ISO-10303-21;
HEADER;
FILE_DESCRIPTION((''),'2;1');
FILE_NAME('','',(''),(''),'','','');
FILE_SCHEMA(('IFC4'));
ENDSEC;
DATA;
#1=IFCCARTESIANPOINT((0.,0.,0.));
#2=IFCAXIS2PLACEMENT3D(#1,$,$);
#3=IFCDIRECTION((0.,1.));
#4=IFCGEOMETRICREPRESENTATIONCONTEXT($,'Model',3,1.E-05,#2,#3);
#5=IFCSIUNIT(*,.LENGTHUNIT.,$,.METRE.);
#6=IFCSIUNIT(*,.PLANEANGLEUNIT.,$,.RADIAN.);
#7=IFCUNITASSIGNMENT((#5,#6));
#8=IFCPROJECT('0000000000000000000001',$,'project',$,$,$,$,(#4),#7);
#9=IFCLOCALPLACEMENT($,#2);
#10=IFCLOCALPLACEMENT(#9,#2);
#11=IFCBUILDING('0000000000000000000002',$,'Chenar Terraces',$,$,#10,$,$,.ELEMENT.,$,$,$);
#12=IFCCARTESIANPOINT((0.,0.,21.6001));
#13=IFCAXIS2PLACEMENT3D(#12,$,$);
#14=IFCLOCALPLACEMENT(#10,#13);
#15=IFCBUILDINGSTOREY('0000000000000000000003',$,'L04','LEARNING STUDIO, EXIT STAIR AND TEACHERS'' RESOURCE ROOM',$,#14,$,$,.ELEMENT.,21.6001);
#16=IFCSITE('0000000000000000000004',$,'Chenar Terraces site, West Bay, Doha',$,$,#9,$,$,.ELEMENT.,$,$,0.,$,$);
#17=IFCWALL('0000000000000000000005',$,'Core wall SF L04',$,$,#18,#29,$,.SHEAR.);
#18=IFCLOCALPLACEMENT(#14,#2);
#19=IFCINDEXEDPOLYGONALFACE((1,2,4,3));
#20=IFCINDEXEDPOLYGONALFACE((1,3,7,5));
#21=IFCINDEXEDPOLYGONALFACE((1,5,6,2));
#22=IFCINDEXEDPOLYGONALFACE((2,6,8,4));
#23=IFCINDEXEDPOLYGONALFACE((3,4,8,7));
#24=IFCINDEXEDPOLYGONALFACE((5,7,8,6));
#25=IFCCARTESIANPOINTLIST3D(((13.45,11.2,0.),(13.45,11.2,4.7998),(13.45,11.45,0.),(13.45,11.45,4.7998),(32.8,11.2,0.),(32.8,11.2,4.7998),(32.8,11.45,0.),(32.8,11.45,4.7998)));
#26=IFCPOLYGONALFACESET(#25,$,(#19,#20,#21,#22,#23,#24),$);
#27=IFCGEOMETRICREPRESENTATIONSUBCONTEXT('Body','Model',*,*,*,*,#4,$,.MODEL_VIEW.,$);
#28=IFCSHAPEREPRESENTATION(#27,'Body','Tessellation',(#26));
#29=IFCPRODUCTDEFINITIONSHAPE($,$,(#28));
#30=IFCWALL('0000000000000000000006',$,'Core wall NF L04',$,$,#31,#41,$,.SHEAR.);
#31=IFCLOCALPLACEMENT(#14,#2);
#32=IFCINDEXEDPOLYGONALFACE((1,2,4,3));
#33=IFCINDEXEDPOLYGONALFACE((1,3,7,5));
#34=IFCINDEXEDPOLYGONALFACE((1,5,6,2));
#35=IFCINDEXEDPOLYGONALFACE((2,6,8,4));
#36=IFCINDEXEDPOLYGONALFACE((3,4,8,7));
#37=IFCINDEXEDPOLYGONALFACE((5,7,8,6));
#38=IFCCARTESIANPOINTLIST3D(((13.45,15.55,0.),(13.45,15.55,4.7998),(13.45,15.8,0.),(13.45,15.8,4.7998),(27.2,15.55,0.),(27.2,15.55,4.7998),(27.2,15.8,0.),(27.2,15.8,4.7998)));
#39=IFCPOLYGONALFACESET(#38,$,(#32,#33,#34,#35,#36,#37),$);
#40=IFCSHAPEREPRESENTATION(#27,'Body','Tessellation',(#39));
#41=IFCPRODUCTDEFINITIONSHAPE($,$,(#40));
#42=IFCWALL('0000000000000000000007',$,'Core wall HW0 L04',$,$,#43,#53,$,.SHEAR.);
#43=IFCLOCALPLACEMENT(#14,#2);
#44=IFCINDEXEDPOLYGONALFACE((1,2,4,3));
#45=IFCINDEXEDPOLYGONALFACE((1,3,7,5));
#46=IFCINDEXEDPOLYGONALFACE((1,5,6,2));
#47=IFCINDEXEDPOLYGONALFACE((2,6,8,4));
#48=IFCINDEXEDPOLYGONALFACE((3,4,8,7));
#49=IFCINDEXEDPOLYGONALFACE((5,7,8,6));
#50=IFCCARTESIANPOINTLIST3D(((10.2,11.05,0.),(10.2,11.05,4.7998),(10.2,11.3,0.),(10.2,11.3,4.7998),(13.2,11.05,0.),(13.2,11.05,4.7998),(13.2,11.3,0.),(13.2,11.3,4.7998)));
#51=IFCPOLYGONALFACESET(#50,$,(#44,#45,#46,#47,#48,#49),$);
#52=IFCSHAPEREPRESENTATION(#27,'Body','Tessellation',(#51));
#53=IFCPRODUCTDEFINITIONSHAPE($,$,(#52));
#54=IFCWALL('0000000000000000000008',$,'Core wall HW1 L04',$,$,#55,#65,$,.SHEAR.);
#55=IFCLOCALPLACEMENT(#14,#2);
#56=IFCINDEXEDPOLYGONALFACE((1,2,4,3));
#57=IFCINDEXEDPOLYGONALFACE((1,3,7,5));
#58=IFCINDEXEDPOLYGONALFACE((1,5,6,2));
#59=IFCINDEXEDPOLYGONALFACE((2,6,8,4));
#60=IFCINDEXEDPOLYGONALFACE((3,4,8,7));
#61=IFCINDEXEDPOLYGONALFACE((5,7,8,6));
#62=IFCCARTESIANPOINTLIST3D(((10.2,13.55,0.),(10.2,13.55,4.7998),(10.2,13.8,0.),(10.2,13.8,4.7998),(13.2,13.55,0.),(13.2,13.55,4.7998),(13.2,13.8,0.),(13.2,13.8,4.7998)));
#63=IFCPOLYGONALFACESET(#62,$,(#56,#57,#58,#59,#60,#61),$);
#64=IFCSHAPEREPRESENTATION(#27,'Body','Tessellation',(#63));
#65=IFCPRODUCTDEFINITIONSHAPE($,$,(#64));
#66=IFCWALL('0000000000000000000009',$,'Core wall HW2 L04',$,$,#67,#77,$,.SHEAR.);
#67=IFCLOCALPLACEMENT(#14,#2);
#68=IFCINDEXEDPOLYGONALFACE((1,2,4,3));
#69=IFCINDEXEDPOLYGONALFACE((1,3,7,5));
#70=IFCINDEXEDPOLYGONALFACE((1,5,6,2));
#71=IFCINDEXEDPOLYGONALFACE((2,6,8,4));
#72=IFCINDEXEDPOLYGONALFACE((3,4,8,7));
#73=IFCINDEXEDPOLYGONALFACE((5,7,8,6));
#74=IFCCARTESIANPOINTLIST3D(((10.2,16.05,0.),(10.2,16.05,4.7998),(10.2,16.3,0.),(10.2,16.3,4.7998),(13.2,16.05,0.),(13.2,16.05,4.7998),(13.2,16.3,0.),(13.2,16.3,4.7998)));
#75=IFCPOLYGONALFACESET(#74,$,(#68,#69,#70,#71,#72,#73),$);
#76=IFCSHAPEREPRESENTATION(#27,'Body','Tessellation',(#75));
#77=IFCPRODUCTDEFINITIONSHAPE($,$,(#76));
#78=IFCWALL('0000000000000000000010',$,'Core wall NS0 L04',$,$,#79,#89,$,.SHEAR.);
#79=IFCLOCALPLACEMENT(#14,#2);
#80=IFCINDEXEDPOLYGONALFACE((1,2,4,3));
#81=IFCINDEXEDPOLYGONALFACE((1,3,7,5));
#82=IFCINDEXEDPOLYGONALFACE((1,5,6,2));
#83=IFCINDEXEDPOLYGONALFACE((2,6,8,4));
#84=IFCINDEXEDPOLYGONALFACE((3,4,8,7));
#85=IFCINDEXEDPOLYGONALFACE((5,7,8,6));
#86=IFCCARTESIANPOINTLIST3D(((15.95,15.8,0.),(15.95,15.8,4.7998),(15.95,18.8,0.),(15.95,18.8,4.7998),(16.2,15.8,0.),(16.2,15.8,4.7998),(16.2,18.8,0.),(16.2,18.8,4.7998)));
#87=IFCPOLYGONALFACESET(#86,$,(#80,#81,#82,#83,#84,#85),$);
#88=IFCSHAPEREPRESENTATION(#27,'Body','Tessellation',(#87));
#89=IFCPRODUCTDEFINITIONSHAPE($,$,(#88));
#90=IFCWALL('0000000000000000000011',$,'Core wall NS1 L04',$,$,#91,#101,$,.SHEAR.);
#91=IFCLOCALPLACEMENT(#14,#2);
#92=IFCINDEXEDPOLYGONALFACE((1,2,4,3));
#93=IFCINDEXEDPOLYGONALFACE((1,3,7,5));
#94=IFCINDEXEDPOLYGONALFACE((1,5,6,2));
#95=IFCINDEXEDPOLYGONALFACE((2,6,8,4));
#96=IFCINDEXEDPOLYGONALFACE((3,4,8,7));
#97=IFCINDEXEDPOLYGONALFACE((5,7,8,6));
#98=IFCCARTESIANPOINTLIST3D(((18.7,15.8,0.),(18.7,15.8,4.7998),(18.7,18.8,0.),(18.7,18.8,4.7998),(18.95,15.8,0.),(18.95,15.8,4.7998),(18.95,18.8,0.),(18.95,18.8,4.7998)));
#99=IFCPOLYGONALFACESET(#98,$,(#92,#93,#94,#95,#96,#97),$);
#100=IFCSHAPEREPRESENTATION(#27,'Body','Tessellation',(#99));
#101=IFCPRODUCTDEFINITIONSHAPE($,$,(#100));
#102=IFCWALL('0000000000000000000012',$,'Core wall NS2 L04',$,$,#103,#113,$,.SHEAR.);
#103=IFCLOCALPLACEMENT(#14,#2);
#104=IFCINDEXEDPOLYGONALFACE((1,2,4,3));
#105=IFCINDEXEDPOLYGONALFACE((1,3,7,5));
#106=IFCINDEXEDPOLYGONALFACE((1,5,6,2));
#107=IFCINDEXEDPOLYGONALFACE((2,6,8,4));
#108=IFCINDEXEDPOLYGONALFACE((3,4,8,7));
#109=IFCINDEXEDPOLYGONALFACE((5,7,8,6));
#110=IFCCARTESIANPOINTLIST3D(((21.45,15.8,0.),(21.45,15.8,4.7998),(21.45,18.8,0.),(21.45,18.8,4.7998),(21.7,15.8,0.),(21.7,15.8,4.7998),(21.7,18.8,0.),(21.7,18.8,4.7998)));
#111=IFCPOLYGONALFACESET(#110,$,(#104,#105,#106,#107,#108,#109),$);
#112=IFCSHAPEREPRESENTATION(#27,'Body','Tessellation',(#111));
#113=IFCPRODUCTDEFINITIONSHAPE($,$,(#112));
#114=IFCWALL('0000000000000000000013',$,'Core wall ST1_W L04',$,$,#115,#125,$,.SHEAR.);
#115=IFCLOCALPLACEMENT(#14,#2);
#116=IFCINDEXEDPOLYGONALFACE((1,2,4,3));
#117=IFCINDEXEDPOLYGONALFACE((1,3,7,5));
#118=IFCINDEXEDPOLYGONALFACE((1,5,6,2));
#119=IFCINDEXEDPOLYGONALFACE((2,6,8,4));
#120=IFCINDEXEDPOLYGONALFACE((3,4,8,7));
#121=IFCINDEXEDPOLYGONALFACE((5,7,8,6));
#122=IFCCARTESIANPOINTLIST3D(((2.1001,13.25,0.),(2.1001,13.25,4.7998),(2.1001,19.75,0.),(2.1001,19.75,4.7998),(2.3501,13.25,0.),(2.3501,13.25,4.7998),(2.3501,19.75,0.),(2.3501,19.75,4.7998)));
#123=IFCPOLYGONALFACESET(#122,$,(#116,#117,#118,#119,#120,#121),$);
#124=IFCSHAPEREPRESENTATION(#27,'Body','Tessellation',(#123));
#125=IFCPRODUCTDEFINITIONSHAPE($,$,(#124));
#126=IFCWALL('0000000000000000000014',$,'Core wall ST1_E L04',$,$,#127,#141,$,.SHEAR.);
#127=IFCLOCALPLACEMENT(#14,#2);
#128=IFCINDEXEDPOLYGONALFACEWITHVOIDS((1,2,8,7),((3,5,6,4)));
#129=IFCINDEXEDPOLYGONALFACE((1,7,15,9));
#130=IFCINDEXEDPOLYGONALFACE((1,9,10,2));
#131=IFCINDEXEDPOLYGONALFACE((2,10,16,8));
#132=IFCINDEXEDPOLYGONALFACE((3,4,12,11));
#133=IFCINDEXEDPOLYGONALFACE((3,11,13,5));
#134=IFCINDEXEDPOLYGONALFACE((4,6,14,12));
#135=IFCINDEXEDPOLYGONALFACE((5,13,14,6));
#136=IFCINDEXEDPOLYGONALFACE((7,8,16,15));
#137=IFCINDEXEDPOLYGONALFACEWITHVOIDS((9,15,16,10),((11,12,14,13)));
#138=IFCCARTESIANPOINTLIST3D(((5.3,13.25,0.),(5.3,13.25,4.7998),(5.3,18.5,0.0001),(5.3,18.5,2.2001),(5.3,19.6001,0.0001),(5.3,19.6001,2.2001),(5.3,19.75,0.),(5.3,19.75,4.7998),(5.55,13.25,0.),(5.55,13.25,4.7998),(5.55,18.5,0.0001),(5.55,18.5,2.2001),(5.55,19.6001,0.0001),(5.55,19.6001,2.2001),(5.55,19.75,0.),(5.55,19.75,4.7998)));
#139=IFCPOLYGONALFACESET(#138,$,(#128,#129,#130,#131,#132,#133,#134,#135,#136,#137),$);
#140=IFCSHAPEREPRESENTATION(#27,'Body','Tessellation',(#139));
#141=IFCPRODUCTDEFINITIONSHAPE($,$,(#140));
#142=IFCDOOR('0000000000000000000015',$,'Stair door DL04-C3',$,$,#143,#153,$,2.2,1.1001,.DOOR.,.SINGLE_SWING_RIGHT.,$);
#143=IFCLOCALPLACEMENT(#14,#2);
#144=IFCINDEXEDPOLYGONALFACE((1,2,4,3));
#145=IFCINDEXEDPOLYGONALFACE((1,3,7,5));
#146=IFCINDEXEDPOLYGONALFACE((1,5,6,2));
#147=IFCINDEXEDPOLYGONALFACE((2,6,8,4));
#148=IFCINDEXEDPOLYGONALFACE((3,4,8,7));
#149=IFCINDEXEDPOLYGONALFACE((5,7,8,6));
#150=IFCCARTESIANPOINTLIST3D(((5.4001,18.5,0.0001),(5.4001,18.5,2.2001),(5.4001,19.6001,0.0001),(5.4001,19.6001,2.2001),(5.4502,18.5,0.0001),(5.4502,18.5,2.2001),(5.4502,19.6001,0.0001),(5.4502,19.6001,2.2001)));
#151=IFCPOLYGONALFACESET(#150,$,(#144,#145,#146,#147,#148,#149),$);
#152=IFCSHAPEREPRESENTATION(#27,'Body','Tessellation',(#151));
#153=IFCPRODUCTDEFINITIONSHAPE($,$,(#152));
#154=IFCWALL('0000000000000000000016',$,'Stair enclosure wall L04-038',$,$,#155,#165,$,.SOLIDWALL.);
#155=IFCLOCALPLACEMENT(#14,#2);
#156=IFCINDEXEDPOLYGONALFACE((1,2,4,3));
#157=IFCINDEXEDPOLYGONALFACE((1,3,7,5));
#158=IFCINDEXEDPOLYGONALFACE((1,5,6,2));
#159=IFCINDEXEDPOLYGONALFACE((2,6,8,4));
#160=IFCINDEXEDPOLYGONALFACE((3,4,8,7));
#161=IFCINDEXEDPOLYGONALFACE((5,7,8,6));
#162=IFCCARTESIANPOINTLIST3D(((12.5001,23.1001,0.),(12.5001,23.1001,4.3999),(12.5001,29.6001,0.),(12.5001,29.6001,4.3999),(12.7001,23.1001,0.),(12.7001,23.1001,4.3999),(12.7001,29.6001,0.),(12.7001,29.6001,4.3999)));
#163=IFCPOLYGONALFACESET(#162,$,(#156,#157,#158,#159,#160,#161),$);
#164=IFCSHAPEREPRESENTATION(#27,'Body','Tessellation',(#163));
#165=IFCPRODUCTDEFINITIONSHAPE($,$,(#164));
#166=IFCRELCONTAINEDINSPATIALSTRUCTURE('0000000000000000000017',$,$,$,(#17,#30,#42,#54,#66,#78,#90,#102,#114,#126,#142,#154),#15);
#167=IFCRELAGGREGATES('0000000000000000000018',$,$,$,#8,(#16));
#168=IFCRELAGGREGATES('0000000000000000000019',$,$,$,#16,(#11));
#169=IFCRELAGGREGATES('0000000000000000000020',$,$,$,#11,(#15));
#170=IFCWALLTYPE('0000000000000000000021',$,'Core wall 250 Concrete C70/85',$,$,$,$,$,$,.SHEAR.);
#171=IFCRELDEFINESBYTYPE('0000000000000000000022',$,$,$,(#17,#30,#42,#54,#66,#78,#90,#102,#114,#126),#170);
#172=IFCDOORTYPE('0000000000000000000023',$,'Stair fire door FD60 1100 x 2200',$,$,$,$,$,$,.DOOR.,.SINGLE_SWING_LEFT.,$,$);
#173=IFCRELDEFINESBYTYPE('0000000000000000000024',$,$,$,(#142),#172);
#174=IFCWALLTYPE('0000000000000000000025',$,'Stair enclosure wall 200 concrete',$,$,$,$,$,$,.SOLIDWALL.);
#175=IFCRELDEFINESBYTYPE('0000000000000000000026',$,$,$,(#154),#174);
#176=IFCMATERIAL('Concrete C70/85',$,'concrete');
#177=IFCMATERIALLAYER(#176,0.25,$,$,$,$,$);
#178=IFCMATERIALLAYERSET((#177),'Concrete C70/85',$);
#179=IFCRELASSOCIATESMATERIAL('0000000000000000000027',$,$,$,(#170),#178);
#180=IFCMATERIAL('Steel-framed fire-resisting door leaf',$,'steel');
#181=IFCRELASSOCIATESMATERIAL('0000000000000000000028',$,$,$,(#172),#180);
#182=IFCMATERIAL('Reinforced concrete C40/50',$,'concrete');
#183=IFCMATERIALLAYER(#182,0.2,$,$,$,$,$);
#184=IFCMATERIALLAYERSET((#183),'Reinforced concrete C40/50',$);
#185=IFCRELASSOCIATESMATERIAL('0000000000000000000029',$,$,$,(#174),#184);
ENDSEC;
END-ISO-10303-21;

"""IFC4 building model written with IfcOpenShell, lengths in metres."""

from ifc_helpers import new_model, si_unit, direction, frame, frame_2d, origin, place, context, subcontext, project, spatial, rectangle, extrude, material, layer, layer_set, type_object, element, fill, save


model = new_model("IFC4")

# Units and contexts
model_context = context("Model", 3, precision=1e-05, world=origin(), true_north=direction((0.0, 1.0)))
body_context = subcontext(model_context, "Body", "Model", "MODEL_VIEW")
ifc_project = project(units=[si_unit("LENGTHUNIT", "METRE"), si_unit("PLANEANGLEUNIT", "RADIAN")], contexts=[model_context])

# Site, building, storey
site_placement = place(None, origin())
site = spatial("IfcSite", under=ifc_project, at=site_placement, Name="Chenar Terraces site, West Bay, Doha", CompositionType="ELEMENT", RefElevation=0.0)
building_placement = place(site_placement, origin())
building = spatial("IfcBuilding", under=site, at=building_placement, Name="Chenar Terraces", CompositionType="ELEMENT")
storey_placement = place(building_placement, frame((0.0, 0.0, 21.6001)))
storey = spatial("IfcBuildingStorey", under=building, at=storey_placement, Name="L04", Description="LEARNING STUDIO, EXIT STAIR AND TEACHERS' RESOURCE ROOM", CompositionType="ELEMENT", Elevation=21.6001)

# Walls
ifc_material_1 = material(Name="Concrete C70/85", Category="concrete")
ifc_layer_1 = layer(ifc_material_1, 0.25)
ifc_layer_set_1 = layer_set([ifc_layer_1], Name="Concrete C70/85")
wall_type_1 = type_object("IfcWallType", Name="Core wall 250 Concrete C70/85", PredefinedType="SHEAR", material=ifc_layer_set_1)
wall_1_placement = place(storey_placement, frame((13.45, 11.325, 0.0), z_axis=(0.0, 0.0, 1.0), x_axis=(1.0, 0.0, 0.0)))
element("IfcWall", 1, at=wall_1_placement, inside=storey, type_object=wall_type_1, Name="Core wall SF L04", PredefinedType="SHEAR", context=body_context, shape_type="SweptSolid", body=[
    extrude(rectangle(XDim=19.3501, YDim=0.25, at=frame_2d((9.675, 0.0))), origin(), (0.0, 0.0, 1.0), 4.7998),
])
wall_2_placement = place(storey_placement, frame((13.45, 15.675, 0.0), z_axis=(0.0, 0.0, 1.0), x_axis=(1.0, 0.0, 0.0)))
element("IfcWall", 2, at=wall_2_placement, inside=storey, type_object=wall_type_1, Name="Core wall NF L04", PredefinedType="SHEAR", context=body_context, shape_type="SweptSolid", body=[
    extrude(rectangle(XDim=13.75, YDim=0.25, at=frame_2d((6.875, 0.0))), origin(), (0.0, 0.0, 1.0), 4.7998),
])
for number, where, z_axis, x_axis, name in (
    (3, (10.2, 11.175, 0.0), (0.0, 0.0, 1.0), (1.0, 0.0, 0.0), "Core wall HW0 L04"),
    (4, (10.2, 13.675, 0.0), (0.0, 0.0, 1.0), (1.0, 0.0, 0.0), "Core wall HW1 L04"),
    (5, (10.2, 16.175, 0.0), (0.0, 0.0, 1.0), (1.0, 0.0, 0.0), "Core wall HW2 L04"),
    (6, (16.075, 15.8, 0.0), (0.0, 0.0, 1.0), (0.0, 1.0, 0.0), "Core wall NS0 L04"),
    (7, (18.825, 15.8, 0.0), (0.0, 0.0, 1.0), (0.0, 1.0, 0.0), "Core wall NS1 L04"),
    (8, (21.575, 15.8, 0.0), (0.0, 0.0, 1.0), (0.0, 1.0, 0.0), "Core wall NS2 L04"),
):
    element("IfcWall", number, at=place(storey_placement, frame(where, z_axis=z_axis, x_axis=x_axis)), inside=storey, type_object=wall_type_1, Name=name, PredefinedType="SHEAR", context=body_context, shape_type="SweptSolid", body=[
        extrude(rectangle(XDim=3.0, YDim=0.25, at=frame_2d((1.5, 0.0))), origin(), (0.0, 0.0, 1.0), 4.7998),
    ])
wall_3_placement = place(storey_placement, frame((2.2251, 13.25, 0.0), z_axis=(0.0, 0.0, 1.0), x_axis=(0.0, 1.0, 0.0)))
element("IfcWall", 9, at=wall_3_placement, inside=storey, type_object=wall_type_1, Name="Core wall ST1_W L04", PredefinedType="SHEAR", context=body_context, shape_type="SweptSolid", body=[
    extrude(rectangle(XDim=6.5, YDim=0.25, at=frame_2d((3.25, 0.0))), origin(), (0.0, 0.0, 1.0), 4.7998),
])

# Wall, opening, door
wall_4_placement = place(storey_placement, frame((5.425, 13.25, 0.0), z_axis=(0.0, 0.0, 1.0), x_axis=(0.0, 1.0, 0.0)))
wall_4 = element("IfcWall", 10, at=wall_4_placement, inside=storey, type_object=wall_type_1, Name="Core wall ST1_E L04", PredefinedType="SHEAR", context=body_context, shape_type="SweptSolid", body=[
    extrude(rectangle(XDim=6.5, YDim=0.25, at=frame_2d((3.25, 0.0))), origin(), (0.0, 0.0, 1.0), 4.7998),
])
opening_1_placement = place(wall_4_placement, frame((5.25, 0.0, 0.0)))
opening_1 = element("IfcOpeningElement", 11, at=opening_1_placement, cuts=wall_4, PredefinedType="OPENING", context=body_context, shape_type="SweptSolid", body=[
    extrude(rectangle(XDim=1.1001, YDim=2.2, at=frame_2d((0.55, 1.1001))), frame((0.0, 0.135, 0.0), z_axis=(0.0, -1.0, 0.0), x_axis=(1.0, 0.0, 0.0)), (0.0, 0.0, 1.0), 0.27),
])
ifc_material_2 = material(Name="Steel-framed fire-resisting door leaf", Category="steel")
door_type_1 = type_object("IfcDoorType", Name="Stair fire door FD60 1100 x 2200", OperationType="SINGLE_SWING_LEFT", PredefinedType="DOOR", material=ifc_material_2)
door_1_placement = place(opening_1_placement, origin())
door_1 = element("IfcDoor", 12, at=door_1_placement, inside=storey, type_object=door_type_1, Name="Stair door DL04-C3", OperationType="SINGLE_SWING_RIGHT", OverallHeight=2.2, OverallWidth=1.1001, PredefinedType="DOOR", context=body_context, shape_type="SweptSolid", body=[
    extrude(rectangle(XDim=1.1001, YDim=2.2, at=frame_2d((0.55, 1.1001))), frame((0.0, 0.0249, 0.0), z_axis=(0.0, -1.0, 0.0), x_axis=(1.0, 0.0, 0.0)), (0.0, 0.0, 1.0), 0.05),
])
fill(opening_1, door_1)

# Wall
ifc_material_3 = material(Name="Reinforced concrete C40/50", Category="concrete")
ifc_layer_2 = layer(ifc_material_3, 0.2)
ifc_layer_set_2 = layer_set([ifc_layer_2], Name="Reinforced concrete C40/50")
wall_type_2 = type_object("IfcWallType", Name="Stair enclosure wall 200 concrete", PredefinedType="SOLIDWALL", material=ifc_layer_set_2)
wall_5_placement = place(storey_placement, frame((12.6001, 23.1001, 0.0), z_axis=(0.0, 0.0, 1.0), x_axis=(0.0, 1.0, 0.0)))
element("IfcWall", 13, at=wall_5_placement, inside=storey, type_object=wall_type_2, Name="Stair enclosure wall L04-038", PredefinedType="SOLIDWALL", context=body_context, shape_type="SweptSolid", body=[
    extrude(rectangle(XDim=6.5, YDim=0.2, at=frame_2d((3.25, 0.0))), origin(), (0.0, 0.0, 1.0), 4.3999),
])

save(model, "model.ifc")
